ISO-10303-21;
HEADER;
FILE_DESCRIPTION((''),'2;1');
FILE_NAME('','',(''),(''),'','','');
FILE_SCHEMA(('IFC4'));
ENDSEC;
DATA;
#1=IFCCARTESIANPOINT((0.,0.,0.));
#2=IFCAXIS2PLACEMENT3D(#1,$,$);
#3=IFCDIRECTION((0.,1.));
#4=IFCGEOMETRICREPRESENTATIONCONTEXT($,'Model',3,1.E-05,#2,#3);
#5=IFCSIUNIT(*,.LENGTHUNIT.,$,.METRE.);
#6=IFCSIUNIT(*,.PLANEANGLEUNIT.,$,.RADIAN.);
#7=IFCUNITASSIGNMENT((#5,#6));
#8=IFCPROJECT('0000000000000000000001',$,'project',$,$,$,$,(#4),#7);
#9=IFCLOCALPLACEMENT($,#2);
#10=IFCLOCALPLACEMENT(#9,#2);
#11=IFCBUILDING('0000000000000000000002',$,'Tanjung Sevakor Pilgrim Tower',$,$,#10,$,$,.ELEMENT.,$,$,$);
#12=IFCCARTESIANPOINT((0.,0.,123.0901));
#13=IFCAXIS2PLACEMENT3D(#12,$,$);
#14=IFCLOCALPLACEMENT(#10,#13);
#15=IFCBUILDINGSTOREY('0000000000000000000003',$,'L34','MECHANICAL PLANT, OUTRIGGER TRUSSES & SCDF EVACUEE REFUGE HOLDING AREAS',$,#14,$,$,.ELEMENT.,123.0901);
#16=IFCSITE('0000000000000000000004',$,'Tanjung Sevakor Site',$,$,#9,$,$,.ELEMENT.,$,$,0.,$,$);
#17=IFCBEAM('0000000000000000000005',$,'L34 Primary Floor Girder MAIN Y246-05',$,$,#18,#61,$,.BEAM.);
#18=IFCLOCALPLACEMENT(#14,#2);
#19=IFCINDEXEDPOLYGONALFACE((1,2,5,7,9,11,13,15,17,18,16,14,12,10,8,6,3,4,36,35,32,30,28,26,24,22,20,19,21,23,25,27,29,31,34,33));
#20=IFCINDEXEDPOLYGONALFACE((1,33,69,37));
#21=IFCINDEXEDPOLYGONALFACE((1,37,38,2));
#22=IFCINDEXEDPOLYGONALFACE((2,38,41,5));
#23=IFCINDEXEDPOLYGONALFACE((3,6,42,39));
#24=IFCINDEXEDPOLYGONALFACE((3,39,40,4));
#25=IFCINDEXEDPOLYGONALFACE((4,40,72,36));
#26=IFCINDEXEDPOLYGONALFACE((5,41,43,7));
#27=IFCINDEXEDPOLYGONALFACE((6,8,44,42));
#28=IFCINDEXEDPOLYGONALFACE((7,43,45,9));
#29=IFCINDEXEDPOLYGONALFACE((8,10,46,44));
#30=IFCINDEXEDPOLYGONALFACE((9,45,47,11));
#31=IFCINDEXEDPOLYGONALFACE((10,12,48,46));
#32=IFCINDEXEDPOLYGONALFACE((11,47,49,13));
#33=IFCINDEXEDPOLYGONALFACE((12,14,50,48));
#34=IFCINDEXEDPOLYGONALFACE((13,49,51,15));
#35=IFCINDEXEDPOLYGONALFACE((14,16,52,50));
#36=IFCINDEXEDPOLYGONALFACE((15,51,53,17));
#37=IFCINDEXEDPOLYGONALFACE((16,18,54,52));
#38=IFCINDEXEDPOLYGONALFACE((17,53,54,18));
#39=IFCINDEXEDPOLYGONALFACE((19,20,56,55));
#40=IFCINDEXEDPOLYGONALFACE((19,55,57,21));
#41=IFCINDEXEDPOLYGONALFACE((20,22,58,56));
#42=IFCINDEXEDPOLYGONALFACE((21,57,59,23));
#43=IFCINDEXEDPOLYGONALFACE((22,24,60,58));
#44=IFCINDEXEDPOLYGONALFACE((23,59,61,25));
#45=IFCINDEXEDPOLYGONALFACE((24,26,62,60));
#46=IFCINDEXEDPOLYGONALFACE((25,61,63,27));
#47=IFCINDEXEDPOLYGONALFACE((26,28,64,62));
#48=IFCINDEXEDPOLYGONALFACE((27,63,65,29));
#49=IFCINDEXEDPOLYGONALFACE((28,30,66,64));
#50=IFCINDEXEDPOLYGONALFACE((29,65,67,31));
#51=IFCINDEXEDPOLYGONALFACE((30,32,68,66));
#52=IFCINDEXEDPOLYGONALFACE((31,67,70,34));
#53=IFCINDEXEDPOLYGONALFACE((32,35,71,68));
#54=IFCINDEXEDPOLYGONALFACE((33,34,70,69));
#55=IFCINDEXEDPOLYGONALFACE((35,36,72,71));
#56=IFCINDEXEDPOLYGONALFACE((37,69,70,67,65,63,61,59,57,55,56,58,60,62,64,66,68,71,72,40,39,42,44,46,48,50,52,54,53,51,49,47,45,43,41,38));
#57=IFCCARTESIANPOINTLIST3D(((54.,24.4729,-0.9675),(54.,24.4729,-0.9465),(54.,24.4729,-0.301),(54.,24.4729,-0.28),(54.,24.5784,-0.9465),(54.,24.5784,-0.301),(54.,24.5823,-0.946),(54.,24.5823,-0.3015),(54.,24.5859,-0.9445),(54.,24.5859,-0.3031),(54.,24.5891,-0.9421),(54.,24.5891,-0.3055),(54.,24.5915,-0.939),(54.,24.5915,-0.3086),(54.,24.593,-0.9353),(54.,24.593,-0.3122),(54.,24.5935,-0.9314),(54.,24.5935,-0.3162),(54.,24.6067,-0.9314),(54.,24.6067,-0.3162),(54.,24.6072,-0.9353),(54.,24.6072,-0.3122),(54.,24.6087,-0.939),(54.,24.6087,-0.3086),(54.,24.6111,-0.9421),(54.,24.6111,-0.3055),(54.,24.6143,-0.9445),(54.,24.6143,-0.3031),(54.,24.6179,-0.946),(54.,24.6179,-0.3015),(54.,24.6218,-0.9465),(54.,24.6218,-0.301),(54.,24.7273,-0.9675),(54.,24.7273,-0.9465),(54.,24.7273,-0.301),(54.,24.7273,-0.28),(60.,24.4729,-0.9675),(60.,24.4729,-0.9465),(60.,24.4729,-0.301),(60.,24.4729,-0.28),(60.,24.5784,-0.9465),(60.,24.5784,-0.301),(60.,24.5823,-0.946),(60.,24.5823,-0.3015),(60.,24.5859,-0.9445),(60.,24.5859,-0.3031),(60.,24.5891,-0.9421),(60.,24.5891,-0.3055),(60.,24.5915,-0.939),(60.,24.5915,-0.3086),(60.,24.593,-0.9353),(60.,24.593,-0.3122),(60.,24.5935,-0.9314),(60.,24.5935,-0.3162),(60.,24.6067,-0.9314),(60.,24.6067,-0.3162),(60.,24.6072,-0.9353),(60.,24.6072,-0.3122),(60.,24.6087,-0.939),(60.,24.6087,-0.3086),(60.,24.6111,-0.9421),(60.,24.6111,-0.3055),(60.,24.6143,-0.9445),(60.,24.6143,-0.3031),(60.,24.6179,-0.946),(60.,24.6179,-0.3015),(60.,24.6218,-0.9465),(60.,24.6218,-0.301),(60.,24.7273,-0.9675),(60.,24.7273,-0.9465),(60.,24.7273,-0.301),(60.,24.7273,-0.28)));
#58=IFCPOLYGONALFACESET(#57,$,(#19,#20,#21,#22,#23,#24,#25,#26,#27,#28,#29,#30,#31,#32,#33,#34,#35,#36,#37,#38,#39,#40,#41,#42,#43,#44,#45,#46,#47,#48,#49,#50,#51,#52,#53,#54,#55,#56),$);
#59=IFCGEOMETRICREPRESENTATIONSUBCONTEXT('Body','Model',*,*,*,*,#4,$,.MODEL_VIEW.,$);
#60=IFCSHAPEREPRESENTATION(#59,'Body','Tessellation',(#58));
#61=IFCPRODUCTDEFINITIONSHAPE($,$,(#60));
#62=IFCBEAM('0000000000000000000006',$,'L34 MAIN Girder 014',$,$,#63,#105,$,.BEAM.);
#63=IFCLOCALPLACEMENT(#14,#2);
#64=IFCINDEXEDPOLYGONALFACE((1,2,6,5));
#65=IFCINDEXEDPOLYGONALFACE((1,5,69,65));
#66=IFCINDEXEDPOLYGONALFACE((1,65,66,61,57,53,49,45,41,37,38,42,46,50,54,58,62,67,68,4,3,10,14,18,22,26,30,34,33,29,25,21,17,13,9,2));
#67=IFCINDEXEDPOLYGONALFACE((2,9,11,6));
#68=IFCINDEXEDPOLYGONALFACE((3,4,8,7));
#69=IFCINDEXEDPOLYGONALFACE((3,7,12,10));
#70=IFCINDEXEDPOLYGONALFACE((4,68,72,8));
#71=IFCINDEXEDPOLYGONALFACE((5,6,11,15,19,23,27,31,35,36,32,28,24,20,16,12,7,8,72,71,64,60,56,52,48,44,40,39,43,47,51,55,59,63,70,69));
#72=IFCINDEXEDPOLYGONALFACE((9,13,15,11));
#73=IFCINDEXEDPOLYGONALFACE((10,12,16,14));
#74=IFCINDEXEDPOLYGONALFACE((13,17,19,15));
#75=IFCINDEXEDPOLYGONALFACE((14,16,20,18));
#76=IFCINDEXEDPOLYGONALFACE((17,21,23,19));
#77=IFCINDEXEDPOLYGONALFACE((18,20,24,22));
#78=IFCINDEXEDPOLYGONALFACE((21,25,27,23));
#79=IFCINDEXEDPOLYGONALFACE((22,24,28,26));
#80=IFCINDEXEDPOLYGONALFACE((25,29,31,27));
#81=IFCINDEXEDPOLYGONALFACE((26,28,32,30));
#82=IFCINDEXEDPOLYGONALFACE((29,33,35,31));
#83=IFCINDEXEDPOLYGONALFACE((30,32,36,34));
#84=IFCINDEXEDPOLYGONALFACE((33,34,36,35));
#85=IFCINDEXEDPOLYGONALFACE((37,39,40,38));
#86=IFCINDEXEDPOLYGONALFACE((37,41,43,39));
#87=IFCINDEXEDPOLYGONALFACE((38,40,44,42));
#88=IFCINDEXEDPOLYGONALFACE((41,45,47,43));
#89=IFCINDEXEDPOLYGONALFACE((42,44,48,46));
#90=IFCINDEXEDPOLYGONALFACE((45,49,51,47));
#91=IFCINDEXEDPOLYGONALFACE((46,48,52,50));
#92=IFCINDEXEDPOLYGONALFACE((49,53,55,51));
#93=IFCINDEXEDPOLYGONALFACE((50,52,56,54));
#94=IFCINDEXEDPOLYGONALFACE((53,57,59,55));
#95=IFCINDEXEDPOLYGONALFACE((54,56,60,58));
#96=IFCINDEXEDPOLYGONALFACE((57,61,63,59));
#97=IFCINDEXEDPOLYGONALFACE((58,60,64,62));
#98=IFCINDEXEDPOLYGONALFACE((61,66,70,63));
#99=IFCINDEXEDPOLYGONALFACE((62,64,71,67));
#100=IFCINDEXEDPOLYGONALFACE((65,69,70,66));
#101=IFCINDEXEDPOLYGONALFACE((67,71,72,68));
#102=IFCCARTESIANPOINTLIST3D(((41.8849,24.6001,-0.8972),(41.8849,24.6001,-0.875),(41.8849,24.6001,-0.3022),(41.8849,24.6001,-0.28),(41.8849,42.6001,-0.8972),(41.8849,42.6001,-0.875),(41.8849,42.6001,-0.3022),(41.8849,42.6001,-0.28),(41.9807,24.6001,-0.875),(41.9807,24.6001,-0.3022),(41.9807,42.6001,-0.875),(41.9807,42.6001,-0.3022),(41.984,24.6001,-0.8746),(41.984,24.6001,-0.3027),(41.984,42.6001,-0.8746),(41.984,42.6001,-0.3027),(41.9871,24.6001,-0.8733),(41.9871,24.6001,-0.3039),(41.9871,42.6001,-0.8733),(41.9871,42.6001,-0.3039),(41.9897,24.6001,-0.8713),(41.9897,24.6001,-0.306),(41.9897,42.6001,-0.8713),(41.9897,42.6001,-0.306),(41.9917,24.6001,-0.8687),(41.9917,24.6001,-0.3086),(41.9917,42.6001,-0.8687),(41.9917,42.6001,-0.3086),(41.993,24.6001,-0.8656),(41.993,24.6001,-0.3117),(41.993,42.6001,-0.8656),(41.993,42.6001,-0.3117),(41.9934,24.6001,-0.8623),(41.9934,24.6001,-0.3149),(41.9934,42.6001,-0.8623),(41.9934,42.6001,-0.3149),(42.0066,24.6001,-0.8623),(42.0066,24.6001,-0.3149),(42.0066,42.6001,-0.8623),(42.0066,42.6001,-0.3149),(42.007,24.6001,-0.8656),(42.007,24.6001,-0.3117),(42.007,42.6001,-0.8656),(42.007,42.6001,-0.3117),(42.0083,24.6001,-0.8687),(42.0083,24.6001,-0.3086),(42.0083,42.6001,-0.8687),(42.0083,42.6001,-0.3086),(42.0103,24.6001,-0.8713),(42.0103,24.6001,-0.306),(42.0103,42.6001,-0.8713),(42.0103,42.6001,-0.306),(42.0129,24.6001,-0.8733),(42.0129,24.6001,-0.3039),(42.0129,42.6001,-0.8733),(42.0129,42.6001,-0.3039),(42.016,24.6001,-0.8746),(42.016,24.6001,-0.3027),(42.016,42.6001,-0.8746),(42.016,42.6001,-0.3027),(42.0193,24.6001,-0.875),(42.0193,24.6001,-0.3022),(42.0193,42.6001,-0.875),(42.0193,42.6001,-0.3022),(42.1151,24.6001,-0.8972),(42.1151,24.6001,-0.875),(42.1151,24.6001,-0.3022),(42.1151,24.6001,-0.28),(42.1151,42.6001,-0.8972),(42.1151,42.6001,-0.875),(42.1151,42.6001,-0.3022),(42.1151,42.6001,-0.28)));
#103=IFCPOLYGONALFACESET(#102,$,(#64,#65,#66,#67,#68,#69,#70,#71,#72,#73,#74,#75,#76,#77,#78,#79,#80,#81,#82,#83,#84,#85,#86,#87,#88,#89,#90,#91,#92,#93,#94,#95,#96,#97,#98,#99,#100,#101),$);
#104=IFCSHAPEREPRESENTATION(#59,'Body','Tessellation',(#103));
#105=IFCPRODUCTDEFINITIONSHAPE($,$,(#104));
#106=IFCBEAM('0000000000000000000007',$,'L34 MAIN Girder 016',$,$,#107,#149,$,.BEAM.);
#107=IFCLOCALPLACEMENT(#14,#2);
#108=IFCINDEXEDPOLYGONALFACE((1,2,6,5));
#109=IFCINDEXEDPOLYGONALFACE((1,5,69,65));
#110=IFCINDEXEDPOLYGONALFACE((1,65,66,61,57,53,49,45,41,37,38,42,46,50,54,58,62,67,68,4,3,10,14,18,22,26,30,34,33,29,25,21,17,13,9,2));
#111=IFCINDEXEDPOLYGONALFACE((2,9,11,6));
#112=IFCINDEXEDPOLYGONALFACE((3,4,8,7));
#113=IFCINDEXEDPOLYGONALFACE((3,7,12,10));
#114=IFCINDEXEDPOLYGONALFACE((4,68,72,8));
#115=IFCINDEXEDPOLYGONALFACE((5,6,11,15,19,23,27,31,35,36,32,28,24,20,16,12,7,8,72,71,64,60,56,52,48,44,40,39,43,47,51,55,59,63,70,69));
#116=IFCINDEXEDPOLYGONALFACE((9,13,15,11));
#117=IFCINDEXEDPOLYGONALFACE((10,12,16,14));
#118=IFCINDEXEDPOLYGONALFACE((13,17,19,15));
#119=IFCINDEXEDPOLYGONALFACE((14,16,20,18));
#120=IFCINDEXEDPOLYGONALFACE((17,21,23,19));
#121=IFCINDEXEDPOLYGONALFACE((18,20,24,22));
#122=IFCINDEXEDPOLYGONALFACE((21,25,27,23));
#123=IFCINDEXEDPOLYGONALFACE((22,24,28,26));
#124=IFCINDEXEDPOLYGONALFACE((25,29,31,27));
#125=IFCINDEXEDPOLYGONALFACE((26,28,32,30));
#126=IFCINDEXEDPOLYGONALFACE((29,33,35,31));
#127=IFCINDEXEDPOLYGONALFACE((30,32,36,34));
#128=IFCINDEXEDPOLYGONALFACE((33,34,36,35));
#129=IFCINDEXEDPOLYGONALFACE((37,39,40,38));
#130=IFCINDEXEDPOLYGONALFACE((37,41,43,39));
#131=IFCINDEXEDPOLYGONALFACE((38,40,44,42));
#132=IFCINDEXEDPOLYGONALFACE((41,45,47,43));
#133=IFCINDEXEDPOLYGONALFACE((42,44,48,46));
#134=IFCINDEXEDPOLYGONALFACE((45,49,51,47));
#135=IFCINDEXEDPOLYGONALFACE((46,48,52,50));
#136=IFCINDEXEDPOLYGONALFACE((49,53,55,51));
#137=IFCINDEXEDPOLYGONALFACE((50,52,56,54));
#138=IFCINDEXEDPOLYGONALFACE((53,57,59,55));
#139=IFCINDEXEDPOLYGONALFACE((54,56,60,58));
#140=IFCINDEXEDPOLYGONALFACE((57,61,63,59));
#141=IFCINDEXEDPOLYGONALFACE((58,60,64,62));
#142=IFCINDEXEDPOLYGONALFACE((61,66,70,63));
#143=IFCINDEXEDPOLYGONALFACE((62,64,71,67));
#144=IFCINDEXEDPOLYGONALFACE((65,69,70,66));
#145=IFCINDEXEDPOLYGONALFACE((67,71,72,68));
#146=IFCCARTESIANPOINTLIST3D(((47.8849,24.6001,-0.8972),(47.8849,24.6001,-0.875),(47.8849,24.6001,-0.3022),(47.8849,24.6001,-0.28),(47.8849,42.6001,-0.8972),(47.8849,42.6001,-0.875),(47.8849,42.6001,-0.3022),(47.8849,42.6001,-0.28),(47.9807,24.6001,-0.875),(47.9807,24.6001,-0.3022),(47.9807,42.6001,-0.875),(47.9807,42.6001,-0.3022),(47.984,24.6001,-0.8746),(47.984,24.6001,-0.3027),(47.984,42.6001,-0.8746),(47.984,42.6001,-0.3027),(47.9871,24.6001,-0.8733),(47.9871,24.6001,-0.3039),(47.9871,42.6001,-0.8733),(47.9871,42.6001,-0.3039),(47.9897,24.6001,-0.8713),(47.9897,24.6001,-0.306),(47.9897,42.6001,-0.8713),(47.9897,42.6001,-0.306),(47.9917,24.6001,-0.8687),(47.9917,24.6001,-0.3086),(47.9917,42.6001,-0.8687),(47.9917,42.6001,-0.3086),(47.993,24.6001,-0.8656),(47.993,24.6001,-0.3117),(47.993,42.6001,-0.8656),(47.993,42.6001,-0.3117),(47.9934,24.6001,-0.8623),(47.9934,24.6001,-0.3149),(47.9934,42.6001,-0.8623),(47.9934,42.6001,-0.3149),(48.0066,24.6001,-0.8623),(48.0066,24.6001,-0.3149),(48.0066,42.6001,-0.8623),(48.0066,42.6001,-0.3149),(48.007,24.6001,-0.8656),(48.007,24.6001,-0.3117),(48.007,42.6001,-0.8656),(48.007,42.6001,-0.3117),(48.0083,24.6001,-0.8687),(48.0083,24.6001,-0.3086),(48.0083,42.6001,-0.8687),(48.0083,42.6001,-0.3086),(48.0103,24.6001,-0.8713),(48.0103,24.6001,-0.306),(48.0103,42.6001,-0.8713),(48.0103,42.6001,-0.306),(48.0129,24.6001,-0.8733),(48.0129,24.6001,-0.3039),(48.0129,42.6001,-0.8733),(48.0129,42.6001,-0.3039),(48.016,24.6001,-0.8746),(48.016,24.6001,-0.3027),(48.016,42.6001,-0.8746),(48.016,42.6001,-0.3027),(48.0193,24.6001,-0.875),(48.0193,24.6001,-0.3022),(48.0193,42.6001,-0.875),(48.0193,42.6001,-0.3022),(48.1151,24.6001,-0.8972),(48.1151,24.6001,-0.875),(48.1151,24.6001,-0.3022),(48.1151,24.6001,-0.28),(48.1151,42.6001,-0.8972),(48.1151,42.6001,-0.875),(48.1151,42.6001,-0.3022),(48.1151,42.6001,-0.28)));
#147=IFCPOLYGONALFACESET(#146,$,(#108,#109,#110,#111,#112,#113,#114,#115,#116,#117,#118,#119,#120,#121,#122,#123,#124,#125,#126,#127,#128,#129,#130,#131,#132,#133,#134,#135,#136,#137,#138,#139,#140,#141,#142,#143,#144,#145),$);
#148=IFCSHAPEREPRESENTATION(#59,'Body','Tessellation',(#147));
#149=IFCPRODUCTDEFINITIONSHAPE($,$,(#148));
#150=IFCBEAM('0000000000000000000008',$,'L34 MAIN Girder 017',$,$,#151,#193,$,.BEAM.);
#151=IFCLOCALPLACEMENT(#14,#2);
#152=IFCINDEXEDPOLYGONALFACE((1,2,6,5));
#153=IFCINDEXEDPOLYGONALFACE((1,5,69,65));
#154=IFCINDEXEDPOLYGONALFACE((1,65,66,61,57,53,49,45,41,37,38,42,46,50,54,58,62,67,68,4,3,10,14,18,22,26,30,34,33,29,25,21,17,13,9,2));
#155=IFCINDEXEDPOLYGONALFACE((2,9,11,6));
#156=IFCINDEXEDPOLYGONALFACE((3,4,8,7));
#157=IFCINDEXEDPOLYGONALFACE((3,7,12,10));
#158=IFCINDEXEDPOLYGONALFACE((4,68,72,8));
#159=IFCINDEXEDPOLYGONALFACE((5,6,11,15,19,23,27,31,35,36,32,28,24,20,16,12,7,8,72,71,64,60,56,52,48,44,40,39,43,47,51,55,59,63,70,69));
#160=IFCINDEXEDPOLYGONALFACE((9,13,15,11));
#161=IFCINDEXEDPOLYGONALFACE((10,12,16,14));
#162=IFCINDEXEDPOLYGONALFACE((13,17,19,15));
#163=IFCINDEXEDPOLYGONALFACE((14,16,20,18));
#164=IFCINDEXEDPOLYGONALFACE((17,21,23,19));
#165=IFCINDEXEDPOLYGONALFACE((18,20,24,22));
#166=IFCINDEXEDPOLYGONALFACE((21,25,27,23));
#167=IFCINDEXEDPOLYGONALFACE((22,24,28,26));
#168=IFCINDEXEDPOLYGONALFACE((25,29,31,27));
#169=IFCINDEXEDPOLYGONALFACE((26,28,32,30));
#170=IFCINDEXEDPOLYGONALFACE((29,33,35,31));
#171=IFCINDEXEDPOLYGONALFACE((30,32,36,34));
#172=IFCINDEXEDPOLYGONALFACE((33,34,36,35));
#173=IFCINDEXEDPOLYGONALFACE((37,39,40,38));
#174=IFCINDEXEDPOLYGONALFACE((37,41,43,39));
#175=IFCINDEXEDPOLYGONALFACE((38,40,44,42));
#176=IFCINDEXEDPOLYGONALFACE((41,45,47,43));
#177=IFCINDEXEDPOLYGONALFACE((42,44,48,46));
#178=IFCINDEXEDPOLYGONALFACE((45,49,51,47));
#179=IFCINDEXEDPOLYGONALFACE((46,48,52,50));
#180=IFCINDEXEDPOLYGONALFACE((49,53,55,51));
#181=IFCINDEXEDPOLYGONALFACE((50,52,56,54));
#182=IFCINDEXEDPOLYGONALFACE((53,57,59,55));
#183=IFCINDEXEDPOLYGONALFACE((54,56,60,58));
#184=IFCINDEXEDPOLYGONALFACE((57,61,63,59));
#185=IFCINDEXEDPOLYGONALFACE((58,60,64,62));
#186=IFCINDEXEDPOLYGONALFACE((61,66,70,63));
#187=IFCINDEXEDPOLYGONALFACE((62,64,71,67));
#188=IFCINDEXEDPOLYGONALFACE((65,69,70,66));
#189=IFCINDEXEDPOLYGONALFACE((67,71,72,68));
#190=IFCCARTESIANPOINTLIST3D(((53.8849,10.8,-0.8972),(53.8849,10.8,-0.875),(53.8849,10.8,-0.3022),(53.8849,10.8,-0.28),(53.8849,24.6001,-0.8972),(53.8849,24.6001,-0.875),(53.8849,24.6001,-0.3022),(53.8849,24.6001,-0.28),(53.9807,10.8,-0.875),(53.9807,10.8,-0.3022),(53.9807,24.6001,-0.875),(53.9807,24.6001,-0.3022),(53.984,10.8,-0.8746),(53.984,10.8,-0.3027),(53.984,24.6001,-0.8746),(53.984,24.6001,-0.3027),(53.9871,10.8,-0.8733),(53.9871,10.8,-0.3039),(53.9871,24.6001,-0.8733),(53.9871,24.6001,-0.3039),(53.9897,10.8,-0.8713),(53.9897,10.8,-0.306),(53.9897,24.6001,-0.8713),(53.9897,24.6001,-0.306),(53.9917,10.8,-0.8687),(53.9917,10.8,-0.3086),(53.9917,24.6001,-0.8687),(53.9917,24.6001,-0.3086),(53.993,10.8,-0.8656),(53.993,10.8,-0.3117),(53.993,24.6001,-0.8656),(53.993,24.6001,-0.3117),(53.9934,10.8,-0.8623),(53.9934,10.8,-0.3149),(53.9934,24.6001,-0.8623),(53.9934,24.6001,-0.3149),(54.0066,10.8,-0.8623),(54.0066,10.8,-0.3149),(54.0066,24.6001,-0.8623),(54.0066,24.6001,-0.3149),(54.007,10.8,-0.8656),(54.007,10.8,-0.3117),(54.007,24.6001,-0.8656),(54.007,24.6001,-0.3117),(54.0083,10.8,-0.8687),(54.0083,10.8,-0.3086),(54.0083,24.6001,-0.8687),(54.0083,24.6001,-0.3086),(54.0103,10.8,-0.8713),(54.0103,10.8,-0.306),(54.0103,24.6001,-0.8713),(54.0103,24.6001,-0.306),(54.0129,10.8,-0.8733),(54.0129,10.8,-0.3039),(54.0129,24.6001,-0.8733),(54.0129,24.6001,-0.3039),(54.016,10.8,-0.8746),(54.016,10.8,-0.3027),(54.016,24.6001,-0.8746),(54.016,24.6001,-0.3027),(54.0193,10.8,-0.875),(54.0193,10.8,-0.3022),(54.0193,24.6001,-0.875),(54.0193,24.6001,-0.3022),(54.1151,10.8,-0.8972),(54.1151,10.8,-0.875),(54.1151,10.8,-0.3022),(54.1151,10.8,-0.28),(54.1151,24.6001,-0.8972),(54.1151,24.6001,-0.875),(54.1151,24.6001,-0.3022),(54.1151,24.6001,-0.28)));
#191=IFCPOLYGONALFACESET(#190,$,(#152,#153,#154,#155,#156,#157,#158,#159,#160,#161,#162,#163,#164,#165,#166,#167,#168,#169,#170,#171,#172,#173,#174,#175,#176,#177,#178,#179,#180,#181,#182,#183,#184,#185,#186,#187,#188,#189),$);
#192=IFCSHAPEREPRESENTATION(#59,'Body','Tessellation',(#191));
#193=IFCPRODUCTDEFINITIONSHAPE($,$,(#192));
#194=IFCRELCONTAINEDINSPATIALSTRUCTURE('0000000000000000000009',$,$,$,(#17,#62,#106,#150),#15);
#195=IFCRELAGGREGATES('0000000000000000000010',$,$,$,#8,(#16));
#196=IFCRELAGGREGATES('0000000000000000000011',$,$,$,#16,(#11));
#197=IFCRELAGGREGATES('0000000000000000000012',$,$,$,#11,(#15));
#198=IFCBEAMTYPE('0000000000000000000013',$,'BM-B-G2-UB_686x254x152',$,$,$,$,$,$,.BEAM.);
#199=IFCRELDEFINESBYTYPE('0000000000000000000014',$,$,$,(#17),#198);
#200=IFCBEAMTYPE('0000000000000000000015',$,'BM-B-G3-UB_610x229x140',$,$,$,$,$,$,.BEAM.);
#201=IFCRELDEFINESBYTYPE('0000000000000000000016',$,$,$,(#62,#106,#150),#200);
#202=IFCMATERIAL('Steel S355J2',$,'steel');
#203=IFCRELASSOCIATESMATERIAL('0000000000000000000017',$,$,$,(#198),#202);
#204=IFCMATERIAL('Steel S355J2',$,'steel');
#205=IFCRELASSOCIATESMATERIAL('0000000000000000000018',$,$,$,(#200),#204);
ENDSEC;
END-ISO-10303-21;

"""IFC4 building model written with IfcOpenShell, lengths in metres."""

from ifc_helpers import new_model, si_unit, direction, frame, origin, origin_2d, place, context, subcontext, project, spatial, i_section, extrude, material, material_profile, profile_set, type_object, element, save


model = new_model("IFC4")

# Units and contexts
model_context = context("Model", 3, precision=1e-05, world=origin(), true_north=direction((0.0, 1.0)))
body_context = subcontext(model_context, "Body", "Model", "MODEL_VIEW")
ifc_project = project(units=[si_unit("LENGTHUNIT", "METRE"), si_unit("PLANEANGLEUNIT", "RADIAN")], contexts=[model_context])

# Site, building, storey
site_placement = place(None, origin())
site = spatial("IfcSite", under=ifc_project, at=site_placement, Name="Tanjung Sevakor Site", CompositionType="ELEMENT", RefElevation=0.0)
building_placement = place(site_placement, origin())
building = spatial("IfcBuilding", under=site, at=building_placement, Name="Tanjung Sevakor Pilgrim Tower", CompositionType="ELEMENT")
storey_placement = place(building_placement, frame((0.0, 0.0, 123.0901)))
storey = spatial("IfcBuildingStorey", under=building, at=storey_placement, Name="L34", Description="MECHANICAL PLANT, OUTRIGGER TRUSSES & SCDF EVACUEE REFUGE HOLDING AREAS", CompositionType="ELEMENT", Elevation=123.0901)

# Beams
ifc_material_1 = material(Name="Steel S355J2", Category="steel")
ifc_material_profile_1 = material_profile(ifc_material_1, i_section(OverallWidth=0.2544, OverallDepth=0.6875, WebThickness=0.0132, FlangeThickness=0.021, FilletRadius=0.0151, at=origin_2d()))
ifc_profile_set_1 = profile_set([ifc_material_profile_1], Name="Steel S355J2")
beam_type_1 = type_object("IfcBeamType", Name="BM-B-G2-UB_686x254x152", PredefinedType="BEAM", material=ifc_profile_set_1)
for number, where, z_axis, x_axis, name in (
    (1, (54.0, 24.6001, -0.6238), (1.0, 0.0, 0.0), (0.0, 1.0, 0.0), "L34 Primary Floor Girder MAIN Y246-05"),
):
    element("IfcBeam", number, at=place(storey_placement, frame(where, z_axis=z_axis, x_axis=x_axis)), inside=storey, type_object=beam_type_1, Name=name, PredefinedType="BEAM", context=body_context, shape_type="SweptSolid", body=[
        extrude(i_section(OverallWidth=0.2544, OverallDepth=0.6875, WebThickness=0.0132, FlangeThickness=0.021, FilletRadius=0.0151, at=origin_2d()), origin(), (0.0, 0.0, 1.0), 6.0),
    ])
ifc_material_2 = material(Name="Steel S355J2", Category="steel")
ifc_material_profile_2 = material_profile(ifc_material_2, i_section(OverallWidth=0.2302, OverallDepth=0.6172, WebThickness=0.0132, FlangeThickness=0.0222, FilletRadius=0.0127, at=origin_2d()))
ifc_profile_set_2 = profile_set([ifc_material_profile_2], Name="Steel S355J2")
beam_type_2 = type_object("IfcBeamType", Name="BM-B-G3-UB_610x229x140", PredefinedType="BEAM", material=ifc_profile_set_2)
for number, where, z_axis, x_axis, name in (
    (2, (42.0, 24.6001, -0.5886), (0.0, 1.0, 0.0), (-1.0, 0.0, 0.0), "L34 MAIN Girder 014"),
    (3, (48.0, 24.6001, -0.5886), (0.0, 1.0, 0.0), (-1.0, 0.0, 0.0), "L34 MAIN Girder 016"),
):
    element("IfcBeam", number, at=place(storey_placement, frame(where, z_axis=z_axis, x_axis=x_axis)), inside=storey, type_object=beam_type_2, Name=name, PredefinedType="BEAM", context=body_context, shape_type="SweptSolid", body=[
        extrude(i_section(OverallWidth=0.2302, OverallDepth=0.6172, WebThickness=0.0132, FlangeThickness=0.0222, FilletRadius=0.0127, at=origin_2d()), origin(), (0.0, 0.0, 1.0), 18.0),
    ])
beam_1_placement = place(storey_placement, frame((54.0, 10.8, -0.5886), z_axis=(0.0, 1.0, 0.0), x_axis=(-1.0, 0.0, 0.0)))
element("IfcBeam", 4, at=beam_1_placement, inside=storey, type_object=beam_type_2, Name="L34 MAIN Girder 017", PredefinedType="BEAM", context=body_context, shape_type="SweptSolid", body=[
    extrude(i_section(OverallWidth=0.2302, OverallDepth=0.6172, WebThickness=0.0132, FlangeThickness=0.0222, FilletRadius=0.0127, at=origin_2d()), origin(), (0.0, 0.0, 1.0), 13.8),
])

save(model, "model.ifc")
